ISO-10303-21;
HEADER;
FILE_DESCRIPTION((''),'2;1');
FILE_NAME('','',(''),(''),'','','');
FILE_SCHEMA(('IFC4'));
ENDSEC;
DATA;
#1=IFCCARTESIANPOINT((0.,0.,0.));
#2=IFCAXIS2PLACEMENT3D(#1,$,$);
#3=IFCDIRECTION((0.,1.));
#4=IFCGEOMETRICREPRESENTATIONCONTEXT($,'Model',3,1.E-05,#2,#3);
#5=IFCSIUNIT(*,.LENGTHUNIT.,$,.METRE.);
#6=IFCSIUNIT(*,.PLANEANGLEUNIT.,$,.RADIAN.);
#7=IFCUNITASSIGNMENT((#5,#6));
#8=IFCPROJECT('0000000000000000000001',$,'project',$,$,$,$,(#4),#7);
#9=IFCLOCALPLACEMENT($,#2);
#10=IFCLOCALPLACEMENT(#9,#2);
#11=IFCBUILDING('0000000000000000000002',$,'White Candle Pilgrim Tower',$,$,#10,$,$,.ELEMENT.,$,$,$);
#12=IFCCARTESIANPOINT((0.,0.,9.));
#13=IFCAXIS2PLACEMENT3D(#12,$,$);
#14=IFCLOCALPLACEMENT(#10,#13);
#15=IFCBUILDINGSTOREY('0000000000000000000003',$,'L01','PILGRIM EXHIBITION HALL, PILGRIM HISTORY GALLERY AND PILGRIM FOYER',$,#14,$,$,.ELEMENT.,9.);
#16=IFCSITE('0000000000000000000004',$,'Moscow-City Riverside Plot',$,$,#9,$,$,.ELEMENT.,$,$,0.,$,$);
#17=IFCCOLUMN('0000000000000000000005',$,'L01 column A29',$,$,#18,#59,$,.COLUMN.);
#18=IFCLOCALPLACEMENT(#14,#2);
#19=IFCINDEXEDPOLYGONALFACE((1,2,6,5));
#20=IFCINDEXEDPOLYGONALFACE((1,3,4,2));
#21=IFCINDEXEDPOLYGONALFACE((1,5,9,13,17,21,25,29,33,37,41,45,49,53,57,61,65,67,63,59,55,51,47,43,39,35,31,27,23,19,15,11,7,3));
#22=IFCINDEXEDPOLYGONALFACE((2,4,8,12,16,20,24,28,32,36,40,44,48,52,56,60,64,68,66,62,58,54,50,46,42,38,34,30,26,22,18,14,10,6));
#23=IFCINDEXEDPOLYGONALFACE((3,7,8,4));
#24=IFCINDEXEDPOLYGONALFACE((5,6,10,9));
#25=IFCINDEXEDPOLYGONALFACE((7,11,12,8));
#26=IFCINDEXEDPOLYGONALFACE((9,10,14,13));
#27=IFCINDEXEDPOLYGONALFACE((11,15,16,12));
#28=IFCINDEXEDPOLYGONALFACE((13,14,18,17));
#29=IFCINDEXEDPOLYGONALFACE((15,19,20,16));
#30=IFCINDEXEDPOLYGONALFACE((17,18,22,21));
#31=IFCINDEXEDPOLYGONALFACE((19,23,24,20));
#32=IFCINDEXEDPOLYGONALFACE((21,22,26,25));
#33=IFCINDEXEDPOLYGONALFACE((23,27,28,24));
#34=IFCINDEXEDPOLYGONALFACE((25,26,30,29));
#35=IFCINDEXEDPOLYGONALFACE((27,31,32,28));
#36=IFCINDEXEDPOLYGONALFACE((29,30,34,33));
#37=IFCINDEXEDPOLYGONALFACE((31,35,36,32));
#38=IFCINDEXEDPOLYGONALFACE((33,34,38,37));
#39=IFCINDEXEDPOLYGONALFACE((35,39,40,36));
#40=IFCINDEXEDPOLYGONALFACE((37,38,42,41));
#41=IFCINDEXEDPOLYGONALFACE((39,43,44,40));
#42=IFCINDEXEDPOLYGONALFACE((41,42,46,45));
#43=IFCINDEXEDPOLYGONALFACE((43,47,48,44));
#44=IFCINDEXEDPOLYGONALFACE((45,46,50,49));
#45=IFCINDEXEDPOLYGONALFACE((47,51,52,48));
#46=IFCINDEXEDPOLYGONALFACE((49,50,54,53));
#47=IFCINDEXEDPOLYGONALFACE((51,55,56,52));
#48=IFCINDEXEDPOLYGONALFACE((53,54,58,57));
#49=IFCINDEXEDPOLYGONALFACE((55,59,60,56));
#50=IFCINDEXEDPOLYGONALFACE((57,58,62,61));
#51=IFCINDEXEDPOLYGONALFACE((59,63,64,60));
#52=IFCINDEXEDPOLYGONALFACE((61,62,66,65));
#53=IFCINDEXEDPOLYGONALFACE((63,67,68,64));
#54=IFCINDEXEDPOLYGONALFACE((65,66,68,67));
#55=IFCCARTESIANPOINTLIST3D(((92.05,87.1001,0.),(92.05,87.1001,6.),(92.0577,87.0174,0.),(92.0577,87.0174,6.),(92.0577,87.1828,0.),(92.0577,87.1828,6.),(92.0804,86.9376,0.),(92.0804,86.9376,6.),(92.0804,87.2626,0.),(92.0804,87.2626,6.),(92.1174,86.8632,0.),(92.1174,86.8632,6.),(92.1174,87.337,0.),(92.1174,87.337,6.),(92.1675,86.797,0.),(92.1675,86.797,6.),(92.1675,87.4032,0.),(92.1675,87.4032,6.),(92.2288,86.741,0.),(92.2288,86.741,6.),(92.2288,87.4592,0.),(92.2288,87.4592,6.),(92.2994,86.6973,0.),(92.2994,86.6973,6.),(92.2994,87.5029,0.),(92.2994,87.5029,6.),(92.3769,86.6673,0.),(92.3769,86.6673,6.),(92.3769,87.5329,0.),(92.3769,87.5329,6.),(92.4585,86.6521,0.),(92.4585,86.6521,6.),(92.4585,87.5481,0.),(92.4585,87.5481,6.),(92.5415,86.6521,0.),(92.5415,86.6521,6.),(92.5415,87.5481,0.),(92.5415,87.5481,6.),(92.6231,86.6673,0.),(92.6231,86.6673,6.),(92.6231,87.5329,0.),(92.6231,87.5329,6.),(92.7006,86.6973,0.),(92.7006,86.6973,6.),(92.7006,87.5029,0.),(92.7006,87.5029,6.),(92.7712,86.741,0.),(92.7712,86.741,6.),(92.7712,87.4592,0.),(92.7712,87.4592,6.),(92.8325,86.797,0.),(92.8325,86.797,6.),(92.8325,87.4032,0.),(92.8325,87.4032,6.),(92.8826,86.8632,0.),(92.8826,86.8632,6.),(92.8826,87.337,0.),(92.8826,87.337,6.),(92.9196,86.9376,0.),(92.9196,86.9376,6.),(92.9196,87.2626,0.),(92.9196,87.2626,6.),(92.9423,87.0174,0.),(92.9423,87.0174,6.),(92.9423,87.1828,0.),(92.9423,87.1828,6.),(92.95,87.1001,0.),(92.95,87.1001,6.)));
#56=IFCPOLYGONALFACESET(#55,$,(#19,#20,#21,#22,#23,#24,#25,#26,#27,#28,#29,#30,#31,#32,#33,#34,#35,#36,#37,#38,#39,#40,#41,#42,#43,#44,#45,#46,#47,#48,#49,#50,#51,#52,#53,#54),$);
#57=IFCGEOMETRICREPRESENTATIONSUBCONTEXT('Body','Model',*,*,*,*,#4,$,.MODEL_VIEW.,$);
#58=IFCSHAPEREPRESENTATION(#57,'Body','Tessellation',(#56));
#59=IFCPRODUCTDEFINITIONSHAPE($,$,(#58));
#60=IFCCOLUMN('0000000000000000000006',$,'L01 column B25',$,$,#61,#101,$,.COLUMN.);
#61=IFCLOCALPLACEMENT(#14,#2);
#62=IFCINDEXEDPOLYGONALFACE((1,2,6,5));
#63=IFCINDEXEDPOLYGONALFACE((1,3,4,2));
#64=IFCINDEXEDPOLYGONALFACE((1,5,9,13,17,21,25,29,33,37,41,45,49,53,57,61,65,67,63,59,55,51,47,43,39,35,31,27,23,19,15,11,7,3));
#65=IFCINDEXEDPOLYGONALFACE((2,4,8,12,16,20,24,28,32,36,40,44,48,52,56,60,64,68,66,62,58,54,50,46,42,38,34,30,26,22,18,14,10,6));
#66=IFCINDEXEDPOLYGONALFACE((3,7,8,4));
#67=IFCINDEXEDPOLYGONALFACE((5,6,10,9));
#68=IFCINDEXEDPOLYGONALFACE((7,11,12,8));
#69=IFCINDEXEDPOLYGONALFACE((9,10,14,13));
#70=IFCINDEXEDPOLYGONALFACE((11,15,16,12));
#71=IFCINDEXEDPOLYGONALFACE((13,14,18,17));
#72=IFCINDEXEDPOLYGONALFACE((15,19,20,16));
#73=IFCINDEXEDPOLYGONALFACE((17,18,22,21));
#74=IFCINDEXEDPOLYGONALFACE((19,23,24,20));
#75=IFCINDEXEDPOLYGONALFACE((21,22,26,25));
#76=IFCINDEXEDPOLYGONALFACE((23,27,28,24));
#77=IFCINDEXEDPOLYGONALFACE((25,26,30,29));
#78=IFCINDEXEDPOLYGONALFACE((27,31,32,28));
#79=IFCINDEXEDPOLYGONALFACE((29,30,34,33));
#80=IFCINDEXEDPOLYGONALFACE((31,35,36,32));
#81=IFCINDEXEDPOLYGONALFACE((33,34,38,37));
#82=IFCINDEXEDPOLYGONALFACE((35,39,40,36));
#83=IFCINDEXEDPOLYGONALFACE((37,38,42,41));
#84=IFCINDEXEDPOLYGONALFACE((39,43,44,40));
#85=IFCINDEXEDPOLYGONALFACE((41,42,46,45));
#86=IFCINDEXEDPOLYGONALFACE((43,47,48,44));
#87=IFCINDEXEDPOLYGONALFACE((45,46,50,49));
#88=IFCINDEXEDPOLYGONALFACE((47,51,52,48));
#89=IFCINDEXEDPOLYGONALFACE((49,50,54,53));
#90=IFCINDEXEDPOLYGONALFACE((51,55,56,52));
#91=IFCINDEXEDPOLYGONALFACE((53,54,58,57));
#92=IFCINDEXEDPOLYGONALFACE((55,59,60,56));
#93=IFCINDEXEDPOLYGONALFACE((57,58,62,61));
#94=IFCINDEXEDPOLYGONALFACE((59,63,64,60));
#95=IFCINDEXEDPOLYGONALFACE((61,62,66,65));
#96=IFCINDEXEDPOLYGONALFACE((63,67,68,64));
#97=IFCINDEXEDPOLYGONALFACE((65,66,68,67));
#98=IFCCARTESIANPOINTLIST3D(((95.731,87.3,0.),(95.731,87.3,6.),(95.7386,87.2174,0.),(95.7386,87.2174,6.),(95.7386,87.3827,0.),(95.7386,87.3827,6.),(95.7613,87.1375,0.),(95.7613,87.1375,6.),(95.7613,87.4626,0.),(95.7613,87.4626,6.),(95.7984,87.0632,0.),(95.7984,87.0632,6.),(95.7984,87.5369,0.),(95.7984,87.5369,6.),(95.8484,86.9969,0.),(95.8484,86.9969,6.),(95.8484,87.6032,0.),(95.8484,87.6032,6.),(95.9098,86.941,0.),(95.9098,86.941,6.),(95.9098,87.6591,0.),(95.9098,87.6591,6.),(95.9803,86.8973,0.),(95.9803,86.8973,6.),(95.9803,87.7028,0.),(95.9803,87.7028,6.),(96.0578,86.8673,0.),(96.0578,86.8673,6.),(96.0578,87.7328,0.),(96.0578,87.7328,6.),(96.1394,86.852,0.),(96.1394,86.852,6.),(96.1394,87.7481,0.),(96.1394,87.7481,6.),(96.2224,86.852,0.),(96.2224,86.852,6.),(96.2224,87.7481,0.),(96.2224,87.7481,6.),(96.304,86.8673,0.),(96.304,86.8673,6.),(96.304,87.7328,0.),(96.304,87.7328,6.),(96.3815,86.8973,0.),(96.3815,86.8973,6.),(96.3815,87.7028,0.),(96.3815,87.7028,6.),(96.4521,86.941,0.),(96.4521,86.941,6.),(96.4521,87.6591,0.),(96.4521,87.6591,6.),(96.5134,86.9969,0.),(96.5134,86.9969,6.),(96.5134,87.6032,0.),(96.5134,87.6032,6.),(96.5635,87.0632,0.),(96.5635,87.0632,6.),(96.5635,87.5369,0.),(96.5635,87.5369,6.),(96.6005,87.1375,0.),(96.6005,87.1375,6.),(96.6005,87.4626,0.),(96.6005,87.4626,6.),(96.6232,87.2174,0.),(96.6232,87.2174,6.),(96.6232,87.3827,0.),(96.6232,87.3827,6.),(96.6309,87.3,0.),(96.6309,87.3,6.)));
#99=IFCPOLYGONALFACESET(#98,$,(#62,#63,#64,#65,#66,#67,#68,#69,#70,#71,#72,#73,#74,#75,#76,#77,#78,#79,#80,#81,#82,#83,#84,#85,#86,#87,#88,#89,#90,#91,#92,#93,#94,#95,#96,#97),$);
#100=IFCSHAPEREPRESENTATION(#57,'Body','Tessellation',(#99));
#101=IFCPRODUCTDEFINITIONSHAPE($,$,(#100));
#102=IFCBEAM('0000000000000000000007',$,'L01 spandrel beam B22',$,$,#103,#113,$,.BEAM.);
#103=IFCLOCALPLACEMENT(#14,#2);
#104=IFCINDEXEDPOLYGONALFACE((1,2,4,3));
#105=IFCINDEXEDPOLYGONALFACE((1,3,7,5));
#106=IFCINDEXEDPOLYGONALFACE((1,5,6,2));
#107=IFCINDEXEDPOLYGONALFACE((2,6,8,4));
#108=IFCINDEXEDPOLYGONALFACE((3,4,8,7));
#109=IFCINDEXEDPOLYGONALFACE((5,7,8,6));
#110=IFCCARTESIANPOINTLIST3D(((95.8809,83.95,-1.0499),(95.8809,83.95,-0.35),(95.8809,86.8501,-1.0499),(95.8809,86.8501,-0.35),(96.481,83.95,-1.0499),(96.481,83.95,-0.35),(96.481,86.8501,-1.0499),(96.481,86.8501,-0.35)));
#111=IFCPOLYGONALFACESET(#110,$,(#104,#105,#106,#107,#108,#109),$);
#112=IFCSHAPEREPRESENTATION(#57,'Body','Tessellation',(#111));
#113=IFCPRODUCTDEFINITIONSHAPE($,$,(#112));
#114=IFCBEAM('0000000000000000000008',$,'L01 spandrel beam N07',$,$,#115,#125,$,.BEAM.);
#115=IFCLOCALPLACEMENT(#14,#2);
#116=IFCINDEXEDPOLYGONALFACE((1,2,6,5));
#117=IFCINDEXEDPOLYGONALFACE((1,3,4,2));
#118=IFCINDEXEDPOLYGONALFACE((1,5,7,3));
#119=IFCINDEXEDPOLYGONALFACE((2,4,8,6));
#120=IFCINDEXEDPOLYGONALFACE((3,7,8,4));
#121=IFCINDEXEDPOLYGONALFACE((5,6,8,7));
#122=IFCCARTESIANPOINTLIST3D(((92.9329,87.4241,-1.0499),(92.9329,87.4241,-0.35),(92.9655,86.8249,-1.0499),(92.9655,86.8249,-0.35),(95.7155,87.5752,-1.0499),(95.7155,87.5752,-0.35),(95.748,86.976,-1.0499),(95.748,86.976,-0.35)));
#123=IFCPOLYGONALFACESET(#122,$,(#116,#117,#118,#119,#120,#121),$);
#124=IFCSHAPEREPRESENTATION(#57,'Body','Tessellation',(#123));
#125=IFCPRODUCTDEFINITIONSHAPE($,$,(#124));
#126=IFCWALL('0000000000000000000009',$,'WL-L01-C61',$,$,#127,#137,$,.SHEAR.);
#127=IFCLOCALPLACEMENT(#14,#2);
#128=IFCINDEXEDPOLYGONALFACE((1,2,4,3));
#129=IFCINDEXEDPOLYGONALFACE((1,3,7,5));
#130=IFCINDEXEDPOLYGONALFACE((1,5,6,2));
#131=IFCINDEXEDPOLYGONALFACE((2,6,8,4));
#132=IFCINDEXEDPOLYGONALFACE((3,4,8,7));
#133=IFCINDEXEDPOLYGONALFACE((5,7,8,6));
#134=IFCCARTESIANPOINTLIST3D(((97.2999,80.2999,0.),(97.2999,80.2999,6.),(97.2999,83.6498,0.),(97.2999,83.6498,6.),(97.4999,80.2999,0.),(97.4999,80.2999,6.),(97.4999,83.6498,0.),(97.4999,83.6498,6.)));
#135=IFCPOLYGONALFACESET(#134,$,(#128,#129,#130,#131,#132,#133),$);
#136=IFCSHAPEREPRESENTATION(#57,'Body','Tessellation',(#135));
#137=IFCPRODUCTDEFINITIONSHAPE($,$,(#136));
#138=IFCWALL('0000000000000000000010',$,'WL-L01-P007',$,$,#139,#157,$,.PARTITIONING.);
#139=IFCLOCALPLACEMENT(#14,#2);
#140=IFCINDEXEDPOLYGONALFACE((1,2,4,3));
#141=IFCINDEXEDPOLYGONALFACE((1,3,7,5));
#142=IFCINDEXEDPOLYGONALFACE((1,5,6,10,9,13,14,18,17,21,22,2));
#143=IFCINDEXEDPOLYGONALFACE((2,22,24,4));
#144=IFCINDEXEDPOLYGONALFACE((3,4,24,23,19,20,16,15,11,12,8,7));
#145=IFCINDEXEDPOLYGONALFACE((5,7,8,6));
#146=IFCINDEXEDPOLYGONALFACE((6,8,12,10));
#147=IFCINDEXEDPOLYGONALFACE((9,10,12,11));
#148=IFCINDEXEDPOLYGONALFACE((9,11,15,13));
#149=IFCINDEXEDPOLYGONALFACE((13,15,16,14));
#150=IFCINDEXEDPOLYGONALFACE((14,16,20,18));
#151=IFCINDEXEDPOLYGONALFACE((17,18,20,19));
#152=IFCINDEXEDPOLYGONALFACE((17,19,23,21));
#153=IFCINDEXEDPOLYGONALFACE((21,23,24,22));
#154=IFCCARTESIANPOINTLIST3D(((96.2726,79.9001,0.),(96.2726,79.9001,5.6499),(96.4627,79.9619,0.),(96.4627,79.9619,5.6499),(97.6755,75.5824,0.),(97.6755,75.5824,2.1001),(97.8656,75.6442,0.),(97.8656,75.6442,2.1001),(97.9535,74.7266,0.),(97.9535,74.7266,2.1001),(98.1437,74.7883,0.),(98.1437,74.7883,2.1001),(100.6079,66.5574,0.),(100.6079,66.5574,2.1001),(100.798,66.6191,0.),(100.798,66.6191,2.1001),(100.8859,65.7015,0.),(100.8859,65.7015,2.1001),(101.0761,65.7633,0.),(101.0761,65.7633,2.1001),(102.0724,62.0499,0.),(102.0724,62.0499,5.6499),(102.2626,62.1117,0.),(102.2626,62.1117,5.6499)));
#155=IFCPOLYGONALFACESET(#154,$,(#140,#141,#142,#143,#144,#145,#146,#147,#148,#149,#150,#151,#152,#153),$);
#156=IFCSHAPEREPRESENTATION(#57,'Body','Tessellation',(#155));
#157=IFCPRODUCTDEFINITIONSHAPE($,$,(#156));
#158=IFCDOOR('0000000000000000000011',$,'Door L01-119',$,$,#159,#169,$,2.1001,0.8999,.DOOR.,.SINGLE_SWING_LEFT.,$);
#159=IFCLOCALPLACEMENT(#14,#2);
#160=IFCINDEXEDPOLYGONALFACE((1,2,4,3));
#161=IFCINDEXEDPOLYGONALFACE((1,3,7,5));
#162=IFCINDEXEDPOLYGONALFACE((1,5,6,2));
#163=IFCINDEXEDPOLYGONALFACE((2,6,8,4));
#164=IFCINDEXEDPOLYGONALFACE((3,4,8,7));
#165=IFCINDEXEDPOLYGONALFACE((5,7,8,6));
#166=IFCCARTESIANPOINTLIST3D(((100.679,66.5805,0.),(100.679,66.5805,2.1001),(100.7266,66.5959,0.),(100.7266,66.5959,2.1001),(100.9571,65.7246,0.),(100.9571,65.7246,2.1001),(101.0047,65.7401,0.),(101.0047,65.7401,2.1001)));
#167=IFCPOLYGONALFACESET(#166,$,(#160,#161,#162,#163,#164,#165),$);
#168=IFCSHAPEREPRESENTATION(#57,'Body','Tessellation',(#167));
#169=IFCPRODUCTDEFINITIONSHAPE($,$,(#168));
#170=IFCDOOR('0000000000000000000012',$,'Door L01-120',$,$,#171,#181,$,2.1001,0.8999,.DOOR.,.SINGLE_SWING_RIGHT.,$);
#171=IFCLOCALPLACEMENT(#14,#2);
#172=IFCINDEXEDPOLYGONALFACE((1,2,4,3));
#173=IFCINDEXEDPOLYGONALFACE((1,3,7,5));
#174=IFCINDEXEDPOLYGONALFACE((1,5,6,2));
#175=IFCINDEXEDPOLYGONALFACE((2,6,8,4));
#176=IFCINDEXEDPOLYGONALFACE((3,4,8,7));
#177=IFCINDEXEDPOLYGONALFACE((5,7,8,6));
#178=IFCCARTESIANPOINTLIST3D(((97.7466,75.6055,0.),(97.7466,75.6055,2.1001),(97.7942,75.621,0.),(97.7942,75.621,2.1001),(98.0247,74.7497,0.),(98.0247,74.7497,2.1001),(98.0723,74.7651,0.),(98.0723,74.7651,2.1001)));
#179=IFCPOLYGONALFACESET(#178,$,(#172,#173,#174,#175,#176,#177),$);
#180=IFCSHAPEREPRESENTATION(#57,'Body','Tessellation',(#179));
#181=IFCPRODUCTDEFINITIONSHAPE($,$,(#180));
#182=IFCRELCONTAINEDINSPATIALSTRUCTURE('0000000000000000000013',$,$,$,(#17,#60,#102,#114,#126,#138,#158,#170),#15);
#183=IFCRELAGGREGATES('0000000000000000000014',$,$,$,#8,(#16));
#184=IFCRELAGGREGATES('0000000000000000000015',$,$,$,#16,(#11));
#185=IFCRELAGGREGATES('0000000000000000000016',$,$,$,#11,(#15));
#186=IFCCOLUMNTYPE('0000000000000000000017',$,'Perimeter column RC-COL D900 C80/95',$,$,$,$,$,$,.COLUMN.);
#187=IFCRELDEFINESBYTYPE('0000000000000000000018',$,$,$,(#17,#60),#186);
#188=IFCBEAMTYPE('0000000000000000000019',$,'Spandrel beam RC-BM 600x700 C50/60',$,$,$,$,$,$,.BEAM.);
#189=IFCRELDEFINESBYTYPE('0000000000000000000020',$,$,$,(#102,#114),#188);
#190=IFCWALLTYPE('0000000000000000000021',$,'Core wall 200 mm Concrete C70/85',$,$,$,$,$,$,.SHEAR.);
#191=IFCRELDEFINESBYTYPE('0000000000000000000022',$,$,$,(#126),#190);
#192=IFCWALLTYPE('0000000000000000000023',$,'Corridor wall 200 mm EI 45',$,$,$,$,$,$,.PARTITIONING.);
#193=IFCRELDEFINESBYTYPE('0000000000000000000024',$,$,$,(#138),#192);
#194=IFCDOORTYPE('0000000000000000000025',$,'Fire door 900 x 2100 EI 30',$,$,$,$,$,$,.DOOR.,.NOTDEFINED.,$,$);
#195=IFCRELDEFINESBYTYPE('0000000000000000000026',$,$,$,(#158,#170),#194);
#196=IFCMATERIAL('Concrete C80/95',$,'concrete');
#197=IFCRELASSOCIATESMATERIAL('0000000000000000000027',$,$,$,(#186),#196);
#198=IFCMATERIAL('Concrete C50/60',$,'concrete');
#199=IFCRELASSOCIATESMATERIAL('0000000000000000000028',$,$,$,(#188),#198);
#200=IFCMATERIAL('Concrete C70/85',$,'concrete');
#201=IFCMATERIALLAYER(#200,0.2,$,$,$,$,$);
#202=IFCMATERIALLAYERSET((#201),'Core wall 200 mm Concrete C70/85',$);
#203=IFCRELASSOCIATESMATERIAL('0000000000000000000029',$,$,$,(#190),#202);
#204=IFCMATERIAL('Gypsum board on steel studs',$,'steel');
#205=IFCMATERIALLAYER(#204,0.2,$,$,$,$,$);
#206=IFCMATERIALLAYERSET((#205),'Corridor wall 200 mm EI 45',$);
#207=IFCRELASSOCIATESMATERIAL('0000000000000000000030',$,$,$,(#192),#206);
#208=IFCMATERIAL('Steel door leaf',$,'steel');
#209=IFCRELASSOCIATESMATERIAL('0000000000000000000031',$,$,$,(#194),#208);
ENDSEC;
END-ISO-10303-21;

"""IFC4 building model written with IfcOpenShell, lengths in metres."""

from ifc_helpers import new_model, si_unit, direction, frame, frame_2d, origin, origin_2d, place, context, subcontext, project, spatial, rectangle, circle, extrude, material, layer, layer_set, material_profile, profile_set, type_object, element, fill, save


model = new_model("IFC4")

# Units and contexts
model_context = context("Model", 3, precision=1e-05, world=origin(), true_north=direction((0.0, 1.0)))
body_context = subcontext(model_context, "Body", "Model", "MODEL_VIEW")
ifc_project = project(units=[si_unit("LENGTHUNIT", "METRE"), si_unit("PLANEANGLEUNIT", "RADIAN")], contexts=[model_context])

# Site, building, storey
site_placement = place(None, origin())
site = spatial("IfcSite", under=ifc_project, at=site_placement, Name="Moscow-City Riverside Plot", CompositionType="ELEMENT", RefElevation=0.0)
building_placement = place(site_placement, origin())
building = spatial("IfcBuilding", under=site, at=building_placement, Name="White Candle Pilgrim Tower", CompositionType="ELEMENT")
storey_placement = place(building_placement, frame((0.0, 0.0, 9.0)))
storey = spatial("IfcBuildingStorey", under=building, at=storey_placement, Name="L01", Description="PILGRIM EXHIBITION HALL, PILGRIM HISTORY GALLERY AND PILGRIM FOYER", CompositionType="ELEMENT", Elevation=9.0)

# Columns
ifc_material_1 = material(Name="Concrete C80/95", Category="concrete")
ifc_material_profile_1 = material_profile(ifc_material_1, circle(Radius=0.45, at=origin_2d()), Name="RC-COL D900")
ifc_profile_set_1 = profile_set([ifc_material_profile_1], Name="Concrete C80/95")
column_type = type_object("IfcColumnType", Name="Perimeter column RC-COL D900 C80/95", PredefinedType="COLUMN", material=ifc_profile_set_1)
for number, where, z_axis, x_axis, name in (
    (1, (92.5, 87.1001, 0.0), (0.0, 0.0, 1.0), (1.0, 0.0, 0.0), "L01 column A29"),
    (2, (96.1809, 87.3, 0.0), (0.0, 0.0, 1.0), (1.0, 0.0, 0.0), "L01 column B25"),
):
    element("IfcColumn", number, at=place(storey_placement, frame(where, z_axis=z_axis, x_axis=x_axis)), inside=storey, type_object=column_type, Name=name, PredefinedType="COLUMN", context=body_context, shape_type="SweptSolid", body=[
        extrude(circle(Radius=0.45, at=origin_2d()), origin(), (0.0, 0.0, 1.0), 6.0),
    ])

# Beams
ifc_material_2 = material(Name="Concrete C50/60", Category="concrete")
ifc_material_profile_2 = material_profile(ifc_material_2, rectangle(XDim=0.6001, YDim=0.7, at=origin_2d()), Name="RC-BM 600x700")
ifc_profile_set_2 = profile_set([ifc_material_profile_2], Name="Concrete C50/60")
beam_type = type_object("IfcBeamType", Name="Spandrel beam RC-BM 600x700 C50/60", PredefinedType="BEAM", material=ifc_profile_set_2)
beam_1_placement = place(storey_placement, frame((96.1809, 86.8501, -0.7), z_axis=(0.0, -1.0, 0.0), x_axis=(1.0, 0.0, 0.0)))
element("IfcBeam", 3, at=beam_1_placement, inside=storey, type_object=beam_type, Name="L01 spandrel beam B22", PredefinedType="BEAM", context=body_context, shape_type="SweptSolid", body=[
    extrude(rectangle(XDim=0.6001, YDim=0.7, at=origin_2d()), origin(), (0.0, 0.0, 1.0), 2.9001),
])
beam_2_placement = place(storey_placement, frame((92.9492, 87.1245, -0.7), z_axis=(0.998528, 0.054233, 0.0), x_axis=(-0.054233, 0.998528, 0.0)))
element("IfcBeam", 4, at=beam_2_placement, inside=storey, type_object=beam_type, Name="L01 spandrel beam N07", PredefinedType="BEAM", context=body_context, shape_type="SweptSolid", body=[
    extrude(rectangle(XDim=0.6001, YDim=0.7, at=origin_2d()), origin(), (0.0, 0.0, 1.0), 2.7866),
])

# Wall
ifc_material_3 = material(Name="Concrete C70/85", Category="concrete")
ifc_layer_1 = layer(ifc_material_3, 0.2)
ifc_layer_set_1 = layer_set([ifc_layer_1], Name="Core wall 200 mm Concrete C70/85")
wall_type_1 = type_object("IfcWallType", Name="Core wall 200 mm Concrete C70/85", PredefinedType="SHEAR", material=ifc_layer_set_1)
wall_1_placement = place(storey_placement, frame((97.3999, 80.3, 0.0), z_axis=(0.0, 0.0, 1.0), x_axis=(0.0, 1.0, 0.0)))
element("IfcWall", 5, at=wall_1_placement, inside=storey, type_object=wall_type_1, Name="WL-L01-C61", PredefinedType="SHEAR", context=body_context, shape_type="SweptSolid", body=[
    extrude(rectangle(XDim=3.3499, YDim=0.2, at=frame_2d((1.6748, 0.0))), origin(), (0.0, 0.0, 1.0), 6.0),
])

# Wall, openings, doors
ifc_material_4 = material(Name="Gypsum board on steel studs", Category="steel")
ifc_layer_2 = layer(ifc_material_4, 0.2)
ifc_layer_set_2 = layer_set([ifc_layer_2], Name="Corridor wall 200 mm EI 45")
wall_type_2 = type_object("IfcWallType", Name="Corridor wall 200 mm EI 45", PredefinedType="PARTITIONING", material=ifc_layer_set_2)
wall_2_placement = place(storey_placement, frame((96.3677, 79.9309, 0.0), z_axis=(0.0, 0.0, 1.0), x_axis=(0.309015, -0.951057, 0.0)))
wall_2 = element("IfcWall", 6, at=wall_2_placement, inside=storey, type_object=wall_type_2, Name="WL-L01-P007", PredefinedType="PARTITIONING", context=body_context, shape_type="SweptSolid", body=[
    extrude(rectangle(XDim=18.7688, YDim=0.2, at=frame_2d((9.3843, 0.0))), origin(), (0.0, 0.0, 1.0), 5.6499),
])
opening_1_placement = place(wall_2_placement, frame((14.0293, 0.0, 0.0)))
opening_1 = element("IfcOpeningElement", 7, at=opening_1_placement, cuts=wall_2, PredefinedType="OPENING", context=body_context, shape_type="SweptSolid", body=[
    extrude(rectangle(XDim=0.8999, YDim=2.1001, at=frame_2d((0.45, 1.05))), frame((0.0, 0.1099, 0.0), z_axis=(0.0, -1.0, 0.0), x_axis=(1.0, 0.0, 0.0)), (0.0, 0.0, 1.0), 0.22),
])
opening_2_placement = place(wall_2_placement, frame((4.5398, 0.0, 0.0)))
opening_2 = element("IfcOpeningElement", 8, at=opening_2_placement, cuts=wall_2, PredefinedType="OPENING", context=body_context, shape_type="SweptSolid", body=[
    extrude(rectangle(XDim=0.8999, YDim=2.1001, at=frame_2d((0.45, 1.05))), frame((0.0, 0.1099, 0.0), z_axis=(0.0, -1.0, 0.0), x_axis=(1.0, 0.0, 0.0)), (0.0, 0.0, 1.0), 0.22),
])
ifc_material_5 = material(Name="Steel door leaf", Category="steel")
door_type_1 = type_object("IfcDoorType", Name="Fire door 900 x 2100 EI 30", OperationType="NOTDEFINED", PredefinedType="DOOR", material=ifc_material_5)
door_1_placement = place(opening_1_placement, origin())
door_1 = element("IfcDoor", 9, at=door_1_placement, inside=storey, type_object=door_type_1, Name="Door L01-119", OperationType="SINGLE_SWING_LEFT", OverallHeight=2.1001, OverallWidth=0.8999, PredefinedType="DOOR", context=body_context, shape_type="SweptSolid", body=[
    extrude(rectangle(XDim=0.8999, YDim=2.1001, at=frame_2d((0.45, 1.05))), frame((0.0, 0.0249, 0.0), z_axis=(0.0, -1.0, 0.0), x_axis=(1.0, 0.0, 0.0)), (0.0, 0.0, 1.0), 0.05),
])
fill(opening_1, door_1)
door_2_placement = place(opening_2_placement, origin())
door_2 = element("IfcDoor", 10, at=door_2_placement, inside=storey, type_object=door_type_1, Name="Door L01-120", OperationType="SINGLE_SWING_RIGHT", OverallHeight=2.1001, OverallWidth=0.8999, PredefinedType="DOOR", context=body_context, shape_type="SweptSolid", body=[
    extrude(rectangle(XDim=0.8999, YDim=2.1001, at=frame_2d((0.45, 1.05))), frame((0.0, 0.0249, 0.0), z_axis=(0.0, -1.0, 0.0), x_axis=(1.0, 0.0, 0.0)), (0.0, 0.0, 1.0), 0.05),
])
fill(opening_2, door_2)

save(model, "model.ifc")
